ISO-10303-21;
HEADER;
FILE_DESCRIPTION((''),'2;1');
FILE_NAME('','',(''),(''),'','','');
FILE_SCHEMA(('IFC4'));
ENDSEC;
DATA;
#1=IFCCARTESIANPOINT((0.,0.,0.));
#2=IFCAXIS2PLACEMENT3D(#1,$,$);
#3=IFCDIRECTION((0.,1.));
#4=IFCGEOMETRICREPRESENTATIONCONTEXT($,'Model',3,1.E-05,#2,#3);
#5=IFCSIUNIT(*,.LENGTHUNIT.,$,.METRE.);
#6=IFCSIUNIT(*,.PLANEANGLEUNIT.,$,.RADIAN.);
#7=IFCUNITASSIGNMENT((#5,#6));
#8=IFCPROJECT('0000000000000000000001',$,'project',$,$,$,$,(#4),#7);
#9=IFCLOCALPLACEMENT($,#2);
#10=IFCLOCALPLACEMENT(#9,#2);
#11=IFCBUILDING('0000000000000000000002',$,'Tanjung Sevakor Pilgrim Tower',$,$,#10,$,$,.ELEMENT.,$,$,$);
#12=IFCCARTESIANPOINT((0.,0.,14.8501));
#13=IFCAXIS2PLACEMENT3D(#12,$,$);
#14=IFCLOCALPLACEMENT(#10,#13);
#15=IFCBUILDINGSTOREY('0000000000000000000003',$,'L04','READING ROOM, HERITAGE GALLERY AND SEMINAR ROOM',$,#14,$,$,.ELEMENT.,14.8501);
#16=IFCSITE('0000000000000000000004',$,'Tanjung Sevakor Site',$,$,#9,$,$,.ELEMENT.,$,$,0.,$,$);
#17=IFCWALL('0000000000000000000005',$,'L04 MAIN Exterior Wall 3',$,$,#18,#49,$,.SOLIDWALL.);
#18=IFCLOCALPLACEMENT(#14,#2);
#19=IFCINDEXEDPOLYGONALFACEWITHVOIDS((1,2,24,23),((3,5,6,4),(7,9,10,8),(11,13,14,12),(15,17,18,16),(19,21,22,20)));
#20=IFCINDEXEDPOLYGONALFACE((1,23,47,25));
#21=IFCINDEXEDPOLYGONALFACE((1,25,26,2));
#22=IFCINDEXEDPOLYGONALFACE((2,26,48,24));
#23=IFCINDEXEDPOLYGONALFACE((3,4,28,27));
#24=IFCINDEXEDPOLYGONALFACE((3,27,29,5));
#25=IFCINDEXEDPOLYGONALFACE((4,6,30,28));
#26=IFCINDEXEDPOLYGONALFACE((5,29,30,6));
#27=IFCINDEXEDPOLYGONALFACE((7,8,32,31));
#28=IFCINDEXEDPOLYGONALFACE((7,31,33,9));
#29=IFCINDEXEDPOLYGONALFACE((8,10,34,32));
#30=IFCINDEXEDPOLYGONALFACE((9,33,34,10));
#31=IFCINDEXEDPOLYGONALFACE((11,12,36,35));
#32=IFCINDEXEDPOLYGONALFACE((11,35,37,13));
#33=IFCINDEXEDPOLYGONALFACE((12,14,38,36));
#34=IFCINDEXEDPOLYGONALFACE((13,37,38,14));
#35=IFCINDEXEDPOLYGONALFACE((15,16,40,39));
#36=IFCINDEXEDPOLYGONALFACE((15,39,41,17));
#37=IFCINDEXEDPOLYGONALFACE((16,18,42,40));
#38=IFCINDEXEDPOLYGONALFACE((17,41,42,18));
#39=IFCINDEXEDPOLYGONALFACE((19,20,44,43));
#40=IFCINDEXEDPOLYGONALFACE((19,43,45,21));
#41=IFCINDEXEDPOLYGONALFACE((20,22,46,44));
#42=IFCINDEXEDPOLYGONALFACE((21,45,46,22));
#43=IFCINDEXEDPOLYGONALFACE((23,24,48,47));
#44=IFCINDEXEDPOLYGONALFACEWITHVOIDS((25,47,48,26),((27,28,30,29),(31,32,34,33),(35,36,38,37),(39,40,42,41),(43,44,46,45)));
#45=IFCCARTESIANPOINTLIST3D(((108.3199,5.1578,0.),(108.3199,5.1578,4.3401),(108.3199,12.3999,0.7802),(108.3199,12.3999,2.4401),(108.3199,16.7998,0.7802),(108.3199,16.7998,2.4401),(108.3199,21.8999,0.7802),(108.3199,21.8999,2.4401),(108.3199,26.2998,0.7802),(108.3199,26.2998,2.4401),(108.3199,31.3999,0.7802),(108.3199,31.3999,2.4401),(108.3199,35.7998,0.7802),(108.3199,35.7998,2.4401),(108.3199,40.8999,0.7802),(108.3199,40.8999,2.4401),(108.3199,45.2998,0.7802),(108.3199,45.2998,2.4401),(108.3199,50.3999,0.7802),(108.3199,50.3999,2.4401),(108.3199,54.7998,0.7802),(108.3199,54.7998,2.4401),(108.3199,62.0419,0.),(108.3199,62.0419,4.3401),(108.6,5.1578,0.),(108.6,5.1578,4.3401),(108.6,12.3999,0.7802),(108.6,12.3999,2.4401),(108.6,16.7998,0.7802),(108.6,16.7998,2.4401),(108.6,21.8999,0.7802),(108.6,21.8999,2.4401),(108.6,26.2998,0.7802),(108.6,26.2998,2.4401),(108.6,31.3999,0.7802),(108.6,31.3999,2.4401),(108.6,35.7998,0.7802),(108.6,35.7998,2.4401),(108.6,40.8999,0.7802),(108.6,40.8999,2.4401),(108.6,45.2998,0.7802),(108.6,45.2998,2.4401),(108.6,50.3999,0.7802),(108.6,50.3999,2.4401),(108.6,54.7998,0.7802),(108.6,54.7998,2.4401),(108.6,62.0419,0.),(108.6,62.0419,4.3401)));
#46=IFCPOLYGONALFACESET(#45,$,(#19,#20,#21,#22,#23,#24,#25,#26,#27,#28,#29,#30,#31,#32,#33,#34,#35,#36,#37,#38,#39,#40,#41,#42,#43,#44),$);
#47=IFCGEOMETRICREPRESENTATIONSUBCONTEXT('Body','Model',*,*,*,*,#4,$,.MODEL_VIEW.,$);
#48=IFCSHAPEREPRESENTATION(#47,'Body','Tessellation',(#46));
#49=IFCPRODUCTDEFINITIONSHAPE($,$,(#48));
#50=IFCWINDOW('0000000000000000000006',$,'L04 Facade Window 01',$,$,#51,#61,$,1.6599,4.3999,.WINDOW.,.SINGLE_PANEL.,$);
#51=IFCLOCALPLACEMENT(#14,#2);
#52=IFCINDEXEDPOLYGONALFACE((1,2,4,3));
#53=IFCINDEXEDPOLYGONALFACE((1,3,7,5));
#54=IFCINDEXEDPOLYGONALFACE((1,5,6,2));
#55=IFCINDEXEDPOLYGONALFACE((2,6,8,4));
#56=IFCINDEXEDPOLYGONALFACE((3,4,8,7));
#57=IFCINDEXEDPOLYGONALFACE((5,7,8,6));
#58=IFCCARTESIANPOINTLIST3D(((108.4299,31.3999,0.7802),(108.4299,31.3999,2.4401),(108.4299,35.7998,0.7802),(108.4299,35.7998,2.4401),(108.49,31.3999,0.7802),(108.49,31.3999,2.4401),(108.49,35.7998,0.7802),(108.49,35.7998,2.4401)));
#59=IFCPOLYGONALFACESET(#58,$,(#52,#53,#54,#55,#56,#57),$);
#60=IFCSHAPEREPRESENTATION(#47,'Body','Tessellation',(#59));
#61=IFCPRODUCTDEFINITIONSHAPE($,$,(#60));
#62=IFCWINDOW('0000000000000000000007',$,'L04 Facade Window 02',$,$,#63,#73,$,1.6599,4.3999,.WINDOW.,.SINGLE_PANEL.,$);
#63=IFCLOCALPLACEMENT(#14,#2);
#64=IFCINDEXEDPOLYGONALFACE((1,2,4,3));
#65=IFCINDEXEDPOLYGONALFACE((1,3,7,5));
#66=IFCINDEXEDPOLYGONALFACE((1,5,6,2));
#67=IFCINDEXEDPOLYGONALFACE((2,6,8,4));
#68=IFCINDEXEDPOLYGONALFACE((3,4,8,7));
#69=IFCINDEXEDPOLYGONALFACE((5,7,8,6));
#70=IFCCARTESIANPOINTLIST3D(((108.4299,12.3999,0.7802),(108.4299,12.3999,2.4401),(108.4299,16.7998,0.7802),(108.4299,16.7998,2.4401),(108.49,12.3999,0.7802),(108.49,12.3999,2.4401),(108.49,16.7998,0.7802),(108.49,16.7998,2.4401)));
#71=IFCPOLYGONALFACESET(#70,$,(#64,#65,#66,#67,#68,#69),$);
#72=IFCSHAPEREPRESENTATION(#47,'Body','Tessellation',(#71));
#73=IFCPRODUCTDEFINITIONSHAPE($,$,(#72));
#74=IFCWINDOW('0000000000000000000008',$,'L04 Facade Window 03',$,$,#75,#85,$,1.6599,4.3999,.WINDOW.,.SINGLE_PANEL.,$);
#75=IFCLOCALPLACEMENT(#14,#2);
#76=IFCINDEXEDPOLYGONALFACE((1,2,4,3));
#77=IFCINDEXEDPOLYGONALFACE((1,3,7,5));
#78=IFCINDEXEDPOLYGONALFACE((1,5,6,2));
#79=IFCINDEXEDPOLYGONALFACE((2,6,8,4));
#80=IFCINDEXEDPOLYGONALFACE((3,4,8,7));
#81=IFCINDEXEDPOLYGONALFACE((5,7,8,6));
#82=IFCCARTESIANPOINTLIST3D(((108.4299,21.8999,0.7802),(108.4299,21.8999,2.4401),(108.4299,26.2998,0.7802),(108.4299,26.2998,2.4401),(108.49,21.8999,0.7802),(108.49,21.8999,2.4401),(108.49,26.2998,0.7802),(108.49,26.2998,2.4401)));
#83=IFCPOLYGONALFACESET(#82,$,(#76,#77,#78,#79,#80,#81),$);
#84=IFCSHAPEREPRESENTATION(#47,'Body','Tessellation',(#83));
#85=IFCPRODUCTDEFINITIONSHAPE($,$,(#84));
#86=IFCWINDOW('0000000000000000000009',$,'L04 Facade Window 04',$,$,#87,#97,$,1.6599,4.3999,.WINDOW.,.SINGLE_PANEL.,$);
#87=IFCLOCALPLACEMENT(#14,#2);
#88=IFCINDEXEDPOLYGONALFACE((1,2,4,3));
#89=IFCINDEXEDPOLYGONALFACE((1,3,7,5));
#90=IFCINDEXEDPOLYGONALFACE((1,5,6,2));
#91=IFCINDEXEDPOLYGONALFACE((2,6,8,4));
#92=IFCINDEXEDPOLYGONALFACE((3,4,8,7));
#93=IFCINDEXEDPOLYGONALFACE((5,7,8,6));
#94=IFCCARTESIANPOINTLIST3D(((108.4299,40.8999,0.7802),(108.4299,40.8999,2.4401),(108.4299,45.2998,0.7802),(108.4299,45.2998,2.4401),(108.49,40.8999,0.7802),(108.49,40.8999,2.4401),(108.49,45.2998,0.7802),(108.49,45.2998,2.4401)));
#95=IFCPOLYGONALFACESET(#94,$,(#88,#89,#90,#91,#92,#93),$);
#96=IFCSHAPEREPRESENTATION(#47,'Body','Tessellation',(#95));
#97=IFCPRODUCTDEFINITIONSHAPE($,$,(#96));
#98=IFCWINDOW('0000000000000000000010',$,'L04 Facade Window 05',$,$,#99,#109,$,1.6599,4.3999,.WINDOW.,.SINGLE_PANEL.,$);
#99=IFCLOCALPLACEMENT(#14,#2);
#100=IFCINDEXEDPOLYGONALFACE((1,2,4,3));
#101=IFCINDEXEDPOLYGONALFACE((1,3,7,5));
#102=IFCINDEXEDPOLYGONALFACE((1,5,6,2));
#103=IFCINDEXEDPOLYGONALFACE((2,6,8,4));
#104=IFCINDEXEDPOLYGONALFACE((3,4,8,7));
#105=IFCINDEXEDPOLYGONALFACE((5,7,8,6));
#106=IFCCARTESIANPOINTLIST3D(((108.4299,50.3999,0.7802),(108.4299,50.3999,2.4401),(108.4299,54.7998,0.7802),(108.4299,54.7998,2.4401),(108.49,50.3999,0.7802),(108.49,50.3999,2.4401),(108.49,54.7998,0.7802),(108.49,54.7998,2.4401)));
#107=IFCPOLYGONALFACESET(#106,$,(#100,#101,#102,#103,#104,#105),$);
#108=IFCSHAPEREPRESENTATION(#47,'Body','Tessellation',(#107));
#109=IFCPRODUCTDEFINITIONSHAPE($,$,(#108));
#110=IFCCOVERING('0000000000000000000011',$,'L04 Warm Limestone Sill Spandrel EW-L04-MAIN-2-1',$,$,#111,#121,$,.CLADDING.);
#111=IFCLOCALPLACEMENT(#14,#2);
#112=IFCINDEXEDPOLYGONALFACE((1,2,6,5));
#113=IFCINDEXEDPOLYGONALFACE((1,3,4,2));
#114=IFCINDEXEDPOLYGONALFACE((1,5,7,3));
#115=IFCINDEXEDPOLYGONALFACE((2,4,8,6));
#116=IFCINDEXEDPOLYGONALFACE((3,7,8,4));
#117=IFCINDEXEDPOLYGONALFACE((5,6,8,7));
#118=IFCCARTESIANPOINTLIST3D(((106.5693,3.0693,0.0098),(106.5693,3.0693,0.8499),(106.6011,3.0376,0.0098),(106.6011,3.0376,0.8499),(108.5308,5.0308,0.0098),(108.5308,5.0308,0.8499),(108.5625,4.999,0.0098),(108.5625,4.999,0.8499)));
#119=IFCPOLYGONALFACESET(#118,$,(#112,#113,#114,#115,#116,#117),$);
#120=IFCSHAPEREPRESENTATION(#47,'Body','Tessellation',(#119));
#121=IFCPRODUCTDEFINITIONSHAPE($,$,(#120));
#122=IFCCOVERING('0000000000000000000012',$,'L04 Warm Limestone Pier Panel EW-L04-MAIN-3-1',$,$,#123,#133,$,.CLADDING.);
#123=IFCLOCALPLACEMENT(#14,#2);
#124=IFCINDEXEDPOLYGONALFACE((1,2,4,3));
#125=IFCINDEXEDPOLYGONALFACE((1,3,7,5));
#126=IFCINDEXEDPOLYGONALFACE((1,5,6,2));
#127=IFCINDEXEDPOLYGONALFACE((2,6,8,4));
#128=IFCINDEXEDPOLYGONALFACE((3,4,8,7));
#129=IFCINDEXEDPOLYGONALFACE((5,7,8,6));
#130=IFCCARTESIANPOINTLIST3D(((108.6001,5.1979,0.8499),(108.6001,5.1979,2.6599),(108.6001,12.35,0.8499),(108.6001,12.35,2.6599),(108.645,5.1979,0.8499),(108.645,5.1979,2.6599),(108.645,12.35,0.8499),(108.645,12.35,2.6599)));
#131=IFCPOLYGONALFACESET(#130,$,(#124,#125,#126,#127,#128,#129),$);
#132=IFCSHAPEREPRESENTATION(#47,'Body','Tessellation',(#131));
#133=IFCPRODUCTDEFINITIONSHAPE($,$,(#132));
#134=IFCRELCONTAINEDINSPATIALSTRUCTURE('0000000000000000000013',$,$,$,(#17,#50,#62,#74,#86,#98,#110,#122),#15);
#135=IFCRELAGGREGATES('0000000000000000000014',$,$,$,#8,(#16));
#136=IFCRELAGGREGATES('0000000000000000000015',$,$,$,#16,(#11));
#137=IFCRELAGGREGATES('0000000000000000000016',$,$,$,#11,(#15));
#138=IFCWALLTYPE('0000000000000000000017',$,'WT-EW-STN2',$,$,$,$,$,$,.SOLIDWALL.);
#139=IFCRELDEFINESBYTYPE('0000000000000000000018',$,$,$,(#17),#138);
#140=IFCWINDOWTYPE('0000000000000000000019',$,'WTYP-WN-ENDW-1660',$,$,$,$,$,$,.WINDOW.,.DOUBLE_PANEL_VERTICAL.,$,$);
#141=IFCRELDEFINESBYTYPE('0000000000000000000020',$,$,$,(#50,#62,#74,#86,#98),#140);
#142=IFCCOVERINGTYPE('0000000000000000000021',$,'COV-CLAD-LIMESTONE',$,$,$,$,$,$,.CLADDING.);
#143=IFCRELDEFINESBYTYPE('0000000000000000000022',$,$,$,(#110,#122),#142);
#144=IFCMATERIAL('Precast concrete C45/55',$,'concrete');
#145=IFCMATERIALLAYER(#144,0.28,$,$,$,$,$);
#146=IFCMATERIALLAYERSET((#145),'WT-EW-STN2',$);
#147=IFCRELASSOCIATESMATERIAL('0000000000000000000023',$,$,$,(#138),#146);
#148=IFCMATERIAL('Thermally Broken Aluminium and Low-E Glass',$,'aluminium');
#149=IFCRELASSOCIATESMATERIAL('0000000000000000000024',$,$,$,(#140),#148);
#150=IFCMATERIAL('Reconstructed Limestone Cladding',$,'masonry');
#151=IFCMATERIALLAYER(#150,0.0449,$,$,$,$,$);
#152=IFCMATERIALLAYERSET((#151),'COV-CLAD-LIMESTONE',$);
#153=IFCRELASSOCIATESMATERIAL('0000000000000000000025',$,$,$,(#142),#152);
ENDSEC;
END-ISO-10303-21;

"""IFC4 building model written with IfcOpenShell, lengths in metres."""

from ifc_helpers import new_model, si_unit, direction, frame, frame_2d, origin, origin_2d, place, context, subcontext, project, spatial, rectangle, extrude, material, layer, layer_set, type_object, element, fill, save


model = new_model("IFC4")

# Units and contexts
model_context = context("Model", 3, precision=1e-05, world=origin(), true_north=direction((0.0, 1.0)))
body_context = subcontext(model_context, "Body", "Model", "MODEL_VIEW")
ifc_project = project(units=[si_unit("LENGTHUNIT", "METRE"), si_unit("PLANEANGLEUNIT", "RADIAN")], contexts=[model_context])

# Site, building, storey
site_placement = place(None, origin())
site = spatial("IfcSite", under=ifc_project, at=site_placement, Name="Tanjung Sevakor Site", CompositionType="ELEMENT", RefElevation=0.0)
building_placement = place(site_placement, origin())
building = spatial("IfcBuilding", under=site, at=building_placement, Name="Tanjung Sevakor Pilgrim Tower", CompositionType="ELEMENT")
storey_placement = place(building_placement, frame((0.0, 0.0, 14.8501)))
storey = spatial("IfcBuildingStorey", under=building, at=storey_placement, Name="L04", Description="READING ROOM, HERITAGE GALLERY AND SEMINAR ROOM", CompositionType="ELEMENT", Elevation=14.8501)

# Shared definitions
ifc_material_1 = material(Name="Precast concrete C45/55", Category="concrete")
ifc_layer_1 = layer(ifc_material_1, 0.28)
ifc_layer_set_1 = layer_set([ifc_layer_1], Name="WT-EW-STN2")
wall_type_1 = type_object("IfcWallType", Name="WT-EW-STN2", PredefinedType="SOLIDWALL", material=ifc_layer_set_1)

# Wall, openings, windows
wall_1_placement = place(storey_placement, frame((108.46, 5.158, 0.0), z_axis=(0.0, 0.0, 1.0), x_axis=(0.0, 1.0, 0.0)))
wall_1 = element("IfcWall", 1, at=wall_1_placement, inside=storey, type_object=wall_type_1, Name="L04 MAIN Exterior Wall 3", PredefinedType="SOLIDWALL", context=body_context, shape_type="SweptSolid", body=[
    extrude(rectangle(XDim=56.884, YDim=0.28, at=frame_2d((28.4419, 0.0))), origin(), (0.0, 0.0, 1.0), 4.3401),
])
opening_1_placement = place(wall_1_placement, frame((26.2419, 0.0, 0.78)))
opening_1 = element("IfcOpeningElement", 2, at=opening_1_placement, cuts=wall_1, PredefinedType="OPENING", context=body_context, shape_type="SweptSolid", body=[
    extrude(rectangle(XDim=4.3999, YDim=1.6599, at=frame_2d((2.2, 0.8301))), frame((0.0, 0.1499, 0.0), z_axis=(0.0, -1.0, 0.0), x_axis=(1.0, 0.0, 0.0)), (0.0, 0.0, 1.0), 0.3),
])
opening_2_placement = place(wall_1_placement, frame((7.2419, 0.0, 0.78)))
opening_2 = element("IfcOpeningElement", 3, at=opening_2_placement, cuts=wall_1, PredefinedType="OPENING", context=body_context, shape_type="SweptSolid", body=[
    extrude(rectangle(XDim=4.3999, YDim=1.6599, at=frame_2d((2.2, 0.8301))), frame((0.0, 0.1499, 0.0), z_axis=(0.0, -1.0, 0.0), x_axis=(1.0, 0.0, 0.0)), (0.0, 0.0, 1.0), 0.3),
])
opening_3_placement = place(wall_1_placement, frame((16.7419, 0.0, 0.78)))
opening_3 = element("IfcOpeningElement", 4, at=opening_3_placement, cuts=wall_1, PredefinedType="OPENING", context=body_context, shape_type="SweptSolid", body=[
    extrude(rectangle(XDim=4.3999, YDim=1.6599, at=frame_2d((2.2, 0.8301))), frame((0.0, 0.1499, 0.0), z_axis=(0.0, -1.0, 0.0), x_axis=(1.0, 0.0, 0.0)), (0.0, 0.0, 1.0), 0.3),
])
opening_4_placement = place(wall_1_placement, frame((35.7419, 0.0, 0.78)))
opening_4 = element("IfcOpeningElement", 5, at=opening_4_placement, cuts=wall_1, PredefinedType="OPENING", context=body_context, shape_type="SweptSolid", body=[
    extrude(rectangle(XDim=4.3999, YDim=1.6599, at=frame_2d((2.2, 0.8301))), frame((0.0, 0.1499, 0.0), z_axis=(0.0, -1.0, 0.0), x_axis=(1.0, 0.0, 0.0)), (0.0, 0.0, 1.0), 0.3),
])
opening_5_placement = place(wall_1_placement, frame((45.2419, 0.0, 0.78)))
opening_5 = element("IfcOpeningElement", 6, at=opening_5_placement, cuts=wall_1, PredefinedType="OPENING", context=body_context, shape_type="SweptSolid", body=[
    extrude(rectangle(XDim=4.3999, YDim=1.6599, at=frame_2d((2.2, 0.8301))), frame((0.0, 0.1499, 0.0), z_axis=(0.0, -1.0, 0.0), x_axis=(1.0, 0.0, 0.0)), (0.0, 0.0, 1.0), 0.3),
])
ifc_material_2 = material(Name="Thermally Broken Aluminium and Low-E Glass", Category="aluminium")
window_type_1 = type_object("IfcWindowType", Name="WTYP-WN-ENDW-1660", PartitioningType="DOUBLE_PANEL_VERTICAL", PredefinedType="WINDOW", material=ifc_material_2)
window_1_placement = place(opening_1_placement, origin())
window_1 = element("IfcWindow", 7, at=window_1_placement, inside=storey, type_object=window_type_1, Name="L04 Facade Window 01", OverallHeight=1.6599, OverallWidth=4.3999, PartitioningType="SINGLE_PANEL", PredefinedType="WINDOW", context=body_context, shape_type="SweptSolid", body=[
    extrude(rectangle(XDim=4.3999, YDim=1.6599, at=frame_2d((2.2, 0.8301))), frame((0.0, 0.03, 0.0), z_axis=(0.0, -1.0, 0.0), x_axis=(1.0, 0.0, 0.0)), (0.0, 0.0, 1.0), 0.0601),
])
fill(opening_1, window_1)
window_2_placement = place(opening_2_placement, origin())
window_2 = element("IfcWindow", 8, at=window_2_placement, inside=storey, type_object=window_type_1, Name="L04 Facade Window 02", OverallHeight=1.6599, OverallWidth=4.3999, PartitioningType="SINGLE_PANEL", PredefinedType="WINDOW", context=body_context, shape_type="SweptSolid", body=[
    extrude(rectangle(XDim=4.3999, YDim=1.6599, at=frame_2d((2.2, 0.8301))), frame((0.0, 0.03, 0.0), z_axis=(0.0, -1.0, 0.0), x_axis=(1.0, 0.0, 0.0)), (0.0, 0.0, 1.0), 0.0601),
])
fill(opening_2, window_2)
window_3_placement = place(opening_3_placement, origin())
window_3 = element("IfcWindow", 9, at=window_3_placement, inside=storey, type_object=window_type_1, Name="L04 Facade Window 03", OverallHeight=1.6599, OverallWidth=4.3999, PartitioningType="SINGLE_PANEL", PredefinedType="WINDOW", context=body_context, shape_type="SweptSolid", body=[
    extrude(rectangle(XDim=4.3999, YDim=1.6599, at=frame_2d((2.2, 0.8301))), frame((0.0, 0.03, 0.0), z_axis=(0.0, -1.0, 0.0), x_axis=(1.0, 0.0, 0.0)), (0.0, 0.0, 1.0), 0.0601),
])
fill(opening_3, window_3)
window_4_placement = place(opening_4_placement, origin())
window_4 = element("IfcWindow", 10, at=window_4_placement, inside=storey, type_object=window_type_1, Name="L04 Facade Window 04", OverallHeight=1.6599, OverallWidth=4.3999, PartitioningType="SINGLE_PANEL", PredefinedType="WINDOW", context=body_context, shape_type="SweptSolid", body=[
    extrude(rectangle(XDim=4.3999, YDim=1.6599, at=frame_2d((2.2, 0.8301))), frame((0.0, 0.03, 0.0), z_axis=(0.0, -1.0, 0.0), x_axis=(1.0, 0.0, 0.0)), (0.0, 0.0, 1.0), 0.0601),
])
fill(opening_4, window_4)
window_5_placement = place(opening_5_placement, origin())
window_5 = element("IfcWindow", 11, at=window_5_placement, inside=storey, type_object=window_type_1, Name="L04 Facade Window 05", OverallHeight=1.6599, OverallWidth=4.3999, PartitioningType="SINGLE_PANEL", PredefinedType="WINDOW", context=body_context, shape_type="SweptSolid", body=[
    extrude(rectangle(XDim=4.3999, YDim=1.6599, at=frame_2d((2.2, 0.8301))), frame((0.0, 0.03, 0.0), z_axis=(0.0, -1.0, 0.0), x_axis=(1.0, 0.0, 0.0)), (0.0, 0.0, 1.0), 0.0601),
])
fill(opening_5, window_5)

# Coverings
ifc_material_3 = material(Name="Reconstructed Limestone Cladding", Category="masonry")
ifc_layer_2 = layer(ifc_material_3, 0.0449)
ifc_layer_set_2 = layer_set([ifc_layer_2], Name="COV-CLAD-LIMESTONE")
covering_type = type_object("IfcCoveringType", Name="COV-CLAD-LIMESTONE", PredefinedType="CLADDING", material=ifc_layer_set_2)
covering_1_placement = place(storey_placement, frame((107.5659, 4.0342, 0.0098), z_axis=(0.0, 0.0, 1.0), x_axis=(0.707107, 0.707107, 0.0)))
element("IfcCovering", 12, at=covering_1_placement, inside=storey, type_object=covering_type, Name="L04 Warm Limestone Sill Spandrel EW-L04-MAIN-2-1", PredefinedType="CLADDING", context=body_context, shape_type="SweptSolid", body=[
    extrude(rectangle(XDim=2.7739, YDim=0.0449, at=origin_2d()), origin(), (0.0, 0.0, 1.0), 0.8401),
])
covering_2_placement = place(storey_placement, frame((108.6226, 8.7739, 0.8499), z_axis=(0.0, 0.0, 1.0), x_axis=(0.0, 1.0, 0.0)))
element("IfcCovering", 13, at=covering_2_placement, inside=storey, type_object=covering_type, Name="L04 Warm Limestone Pier Panel EW-L04-MAIN-3-1", PredefinedType="CLADDING", context=body_context, shape_type="SweptSolid", body=[
    extrude(rectangle(XDim=7.1521, YDim=0.0449, at=origin_2d()), origin(), (0.0, 0.0, 1.0), 1.8101),
])

save(model, "model.ifc")
